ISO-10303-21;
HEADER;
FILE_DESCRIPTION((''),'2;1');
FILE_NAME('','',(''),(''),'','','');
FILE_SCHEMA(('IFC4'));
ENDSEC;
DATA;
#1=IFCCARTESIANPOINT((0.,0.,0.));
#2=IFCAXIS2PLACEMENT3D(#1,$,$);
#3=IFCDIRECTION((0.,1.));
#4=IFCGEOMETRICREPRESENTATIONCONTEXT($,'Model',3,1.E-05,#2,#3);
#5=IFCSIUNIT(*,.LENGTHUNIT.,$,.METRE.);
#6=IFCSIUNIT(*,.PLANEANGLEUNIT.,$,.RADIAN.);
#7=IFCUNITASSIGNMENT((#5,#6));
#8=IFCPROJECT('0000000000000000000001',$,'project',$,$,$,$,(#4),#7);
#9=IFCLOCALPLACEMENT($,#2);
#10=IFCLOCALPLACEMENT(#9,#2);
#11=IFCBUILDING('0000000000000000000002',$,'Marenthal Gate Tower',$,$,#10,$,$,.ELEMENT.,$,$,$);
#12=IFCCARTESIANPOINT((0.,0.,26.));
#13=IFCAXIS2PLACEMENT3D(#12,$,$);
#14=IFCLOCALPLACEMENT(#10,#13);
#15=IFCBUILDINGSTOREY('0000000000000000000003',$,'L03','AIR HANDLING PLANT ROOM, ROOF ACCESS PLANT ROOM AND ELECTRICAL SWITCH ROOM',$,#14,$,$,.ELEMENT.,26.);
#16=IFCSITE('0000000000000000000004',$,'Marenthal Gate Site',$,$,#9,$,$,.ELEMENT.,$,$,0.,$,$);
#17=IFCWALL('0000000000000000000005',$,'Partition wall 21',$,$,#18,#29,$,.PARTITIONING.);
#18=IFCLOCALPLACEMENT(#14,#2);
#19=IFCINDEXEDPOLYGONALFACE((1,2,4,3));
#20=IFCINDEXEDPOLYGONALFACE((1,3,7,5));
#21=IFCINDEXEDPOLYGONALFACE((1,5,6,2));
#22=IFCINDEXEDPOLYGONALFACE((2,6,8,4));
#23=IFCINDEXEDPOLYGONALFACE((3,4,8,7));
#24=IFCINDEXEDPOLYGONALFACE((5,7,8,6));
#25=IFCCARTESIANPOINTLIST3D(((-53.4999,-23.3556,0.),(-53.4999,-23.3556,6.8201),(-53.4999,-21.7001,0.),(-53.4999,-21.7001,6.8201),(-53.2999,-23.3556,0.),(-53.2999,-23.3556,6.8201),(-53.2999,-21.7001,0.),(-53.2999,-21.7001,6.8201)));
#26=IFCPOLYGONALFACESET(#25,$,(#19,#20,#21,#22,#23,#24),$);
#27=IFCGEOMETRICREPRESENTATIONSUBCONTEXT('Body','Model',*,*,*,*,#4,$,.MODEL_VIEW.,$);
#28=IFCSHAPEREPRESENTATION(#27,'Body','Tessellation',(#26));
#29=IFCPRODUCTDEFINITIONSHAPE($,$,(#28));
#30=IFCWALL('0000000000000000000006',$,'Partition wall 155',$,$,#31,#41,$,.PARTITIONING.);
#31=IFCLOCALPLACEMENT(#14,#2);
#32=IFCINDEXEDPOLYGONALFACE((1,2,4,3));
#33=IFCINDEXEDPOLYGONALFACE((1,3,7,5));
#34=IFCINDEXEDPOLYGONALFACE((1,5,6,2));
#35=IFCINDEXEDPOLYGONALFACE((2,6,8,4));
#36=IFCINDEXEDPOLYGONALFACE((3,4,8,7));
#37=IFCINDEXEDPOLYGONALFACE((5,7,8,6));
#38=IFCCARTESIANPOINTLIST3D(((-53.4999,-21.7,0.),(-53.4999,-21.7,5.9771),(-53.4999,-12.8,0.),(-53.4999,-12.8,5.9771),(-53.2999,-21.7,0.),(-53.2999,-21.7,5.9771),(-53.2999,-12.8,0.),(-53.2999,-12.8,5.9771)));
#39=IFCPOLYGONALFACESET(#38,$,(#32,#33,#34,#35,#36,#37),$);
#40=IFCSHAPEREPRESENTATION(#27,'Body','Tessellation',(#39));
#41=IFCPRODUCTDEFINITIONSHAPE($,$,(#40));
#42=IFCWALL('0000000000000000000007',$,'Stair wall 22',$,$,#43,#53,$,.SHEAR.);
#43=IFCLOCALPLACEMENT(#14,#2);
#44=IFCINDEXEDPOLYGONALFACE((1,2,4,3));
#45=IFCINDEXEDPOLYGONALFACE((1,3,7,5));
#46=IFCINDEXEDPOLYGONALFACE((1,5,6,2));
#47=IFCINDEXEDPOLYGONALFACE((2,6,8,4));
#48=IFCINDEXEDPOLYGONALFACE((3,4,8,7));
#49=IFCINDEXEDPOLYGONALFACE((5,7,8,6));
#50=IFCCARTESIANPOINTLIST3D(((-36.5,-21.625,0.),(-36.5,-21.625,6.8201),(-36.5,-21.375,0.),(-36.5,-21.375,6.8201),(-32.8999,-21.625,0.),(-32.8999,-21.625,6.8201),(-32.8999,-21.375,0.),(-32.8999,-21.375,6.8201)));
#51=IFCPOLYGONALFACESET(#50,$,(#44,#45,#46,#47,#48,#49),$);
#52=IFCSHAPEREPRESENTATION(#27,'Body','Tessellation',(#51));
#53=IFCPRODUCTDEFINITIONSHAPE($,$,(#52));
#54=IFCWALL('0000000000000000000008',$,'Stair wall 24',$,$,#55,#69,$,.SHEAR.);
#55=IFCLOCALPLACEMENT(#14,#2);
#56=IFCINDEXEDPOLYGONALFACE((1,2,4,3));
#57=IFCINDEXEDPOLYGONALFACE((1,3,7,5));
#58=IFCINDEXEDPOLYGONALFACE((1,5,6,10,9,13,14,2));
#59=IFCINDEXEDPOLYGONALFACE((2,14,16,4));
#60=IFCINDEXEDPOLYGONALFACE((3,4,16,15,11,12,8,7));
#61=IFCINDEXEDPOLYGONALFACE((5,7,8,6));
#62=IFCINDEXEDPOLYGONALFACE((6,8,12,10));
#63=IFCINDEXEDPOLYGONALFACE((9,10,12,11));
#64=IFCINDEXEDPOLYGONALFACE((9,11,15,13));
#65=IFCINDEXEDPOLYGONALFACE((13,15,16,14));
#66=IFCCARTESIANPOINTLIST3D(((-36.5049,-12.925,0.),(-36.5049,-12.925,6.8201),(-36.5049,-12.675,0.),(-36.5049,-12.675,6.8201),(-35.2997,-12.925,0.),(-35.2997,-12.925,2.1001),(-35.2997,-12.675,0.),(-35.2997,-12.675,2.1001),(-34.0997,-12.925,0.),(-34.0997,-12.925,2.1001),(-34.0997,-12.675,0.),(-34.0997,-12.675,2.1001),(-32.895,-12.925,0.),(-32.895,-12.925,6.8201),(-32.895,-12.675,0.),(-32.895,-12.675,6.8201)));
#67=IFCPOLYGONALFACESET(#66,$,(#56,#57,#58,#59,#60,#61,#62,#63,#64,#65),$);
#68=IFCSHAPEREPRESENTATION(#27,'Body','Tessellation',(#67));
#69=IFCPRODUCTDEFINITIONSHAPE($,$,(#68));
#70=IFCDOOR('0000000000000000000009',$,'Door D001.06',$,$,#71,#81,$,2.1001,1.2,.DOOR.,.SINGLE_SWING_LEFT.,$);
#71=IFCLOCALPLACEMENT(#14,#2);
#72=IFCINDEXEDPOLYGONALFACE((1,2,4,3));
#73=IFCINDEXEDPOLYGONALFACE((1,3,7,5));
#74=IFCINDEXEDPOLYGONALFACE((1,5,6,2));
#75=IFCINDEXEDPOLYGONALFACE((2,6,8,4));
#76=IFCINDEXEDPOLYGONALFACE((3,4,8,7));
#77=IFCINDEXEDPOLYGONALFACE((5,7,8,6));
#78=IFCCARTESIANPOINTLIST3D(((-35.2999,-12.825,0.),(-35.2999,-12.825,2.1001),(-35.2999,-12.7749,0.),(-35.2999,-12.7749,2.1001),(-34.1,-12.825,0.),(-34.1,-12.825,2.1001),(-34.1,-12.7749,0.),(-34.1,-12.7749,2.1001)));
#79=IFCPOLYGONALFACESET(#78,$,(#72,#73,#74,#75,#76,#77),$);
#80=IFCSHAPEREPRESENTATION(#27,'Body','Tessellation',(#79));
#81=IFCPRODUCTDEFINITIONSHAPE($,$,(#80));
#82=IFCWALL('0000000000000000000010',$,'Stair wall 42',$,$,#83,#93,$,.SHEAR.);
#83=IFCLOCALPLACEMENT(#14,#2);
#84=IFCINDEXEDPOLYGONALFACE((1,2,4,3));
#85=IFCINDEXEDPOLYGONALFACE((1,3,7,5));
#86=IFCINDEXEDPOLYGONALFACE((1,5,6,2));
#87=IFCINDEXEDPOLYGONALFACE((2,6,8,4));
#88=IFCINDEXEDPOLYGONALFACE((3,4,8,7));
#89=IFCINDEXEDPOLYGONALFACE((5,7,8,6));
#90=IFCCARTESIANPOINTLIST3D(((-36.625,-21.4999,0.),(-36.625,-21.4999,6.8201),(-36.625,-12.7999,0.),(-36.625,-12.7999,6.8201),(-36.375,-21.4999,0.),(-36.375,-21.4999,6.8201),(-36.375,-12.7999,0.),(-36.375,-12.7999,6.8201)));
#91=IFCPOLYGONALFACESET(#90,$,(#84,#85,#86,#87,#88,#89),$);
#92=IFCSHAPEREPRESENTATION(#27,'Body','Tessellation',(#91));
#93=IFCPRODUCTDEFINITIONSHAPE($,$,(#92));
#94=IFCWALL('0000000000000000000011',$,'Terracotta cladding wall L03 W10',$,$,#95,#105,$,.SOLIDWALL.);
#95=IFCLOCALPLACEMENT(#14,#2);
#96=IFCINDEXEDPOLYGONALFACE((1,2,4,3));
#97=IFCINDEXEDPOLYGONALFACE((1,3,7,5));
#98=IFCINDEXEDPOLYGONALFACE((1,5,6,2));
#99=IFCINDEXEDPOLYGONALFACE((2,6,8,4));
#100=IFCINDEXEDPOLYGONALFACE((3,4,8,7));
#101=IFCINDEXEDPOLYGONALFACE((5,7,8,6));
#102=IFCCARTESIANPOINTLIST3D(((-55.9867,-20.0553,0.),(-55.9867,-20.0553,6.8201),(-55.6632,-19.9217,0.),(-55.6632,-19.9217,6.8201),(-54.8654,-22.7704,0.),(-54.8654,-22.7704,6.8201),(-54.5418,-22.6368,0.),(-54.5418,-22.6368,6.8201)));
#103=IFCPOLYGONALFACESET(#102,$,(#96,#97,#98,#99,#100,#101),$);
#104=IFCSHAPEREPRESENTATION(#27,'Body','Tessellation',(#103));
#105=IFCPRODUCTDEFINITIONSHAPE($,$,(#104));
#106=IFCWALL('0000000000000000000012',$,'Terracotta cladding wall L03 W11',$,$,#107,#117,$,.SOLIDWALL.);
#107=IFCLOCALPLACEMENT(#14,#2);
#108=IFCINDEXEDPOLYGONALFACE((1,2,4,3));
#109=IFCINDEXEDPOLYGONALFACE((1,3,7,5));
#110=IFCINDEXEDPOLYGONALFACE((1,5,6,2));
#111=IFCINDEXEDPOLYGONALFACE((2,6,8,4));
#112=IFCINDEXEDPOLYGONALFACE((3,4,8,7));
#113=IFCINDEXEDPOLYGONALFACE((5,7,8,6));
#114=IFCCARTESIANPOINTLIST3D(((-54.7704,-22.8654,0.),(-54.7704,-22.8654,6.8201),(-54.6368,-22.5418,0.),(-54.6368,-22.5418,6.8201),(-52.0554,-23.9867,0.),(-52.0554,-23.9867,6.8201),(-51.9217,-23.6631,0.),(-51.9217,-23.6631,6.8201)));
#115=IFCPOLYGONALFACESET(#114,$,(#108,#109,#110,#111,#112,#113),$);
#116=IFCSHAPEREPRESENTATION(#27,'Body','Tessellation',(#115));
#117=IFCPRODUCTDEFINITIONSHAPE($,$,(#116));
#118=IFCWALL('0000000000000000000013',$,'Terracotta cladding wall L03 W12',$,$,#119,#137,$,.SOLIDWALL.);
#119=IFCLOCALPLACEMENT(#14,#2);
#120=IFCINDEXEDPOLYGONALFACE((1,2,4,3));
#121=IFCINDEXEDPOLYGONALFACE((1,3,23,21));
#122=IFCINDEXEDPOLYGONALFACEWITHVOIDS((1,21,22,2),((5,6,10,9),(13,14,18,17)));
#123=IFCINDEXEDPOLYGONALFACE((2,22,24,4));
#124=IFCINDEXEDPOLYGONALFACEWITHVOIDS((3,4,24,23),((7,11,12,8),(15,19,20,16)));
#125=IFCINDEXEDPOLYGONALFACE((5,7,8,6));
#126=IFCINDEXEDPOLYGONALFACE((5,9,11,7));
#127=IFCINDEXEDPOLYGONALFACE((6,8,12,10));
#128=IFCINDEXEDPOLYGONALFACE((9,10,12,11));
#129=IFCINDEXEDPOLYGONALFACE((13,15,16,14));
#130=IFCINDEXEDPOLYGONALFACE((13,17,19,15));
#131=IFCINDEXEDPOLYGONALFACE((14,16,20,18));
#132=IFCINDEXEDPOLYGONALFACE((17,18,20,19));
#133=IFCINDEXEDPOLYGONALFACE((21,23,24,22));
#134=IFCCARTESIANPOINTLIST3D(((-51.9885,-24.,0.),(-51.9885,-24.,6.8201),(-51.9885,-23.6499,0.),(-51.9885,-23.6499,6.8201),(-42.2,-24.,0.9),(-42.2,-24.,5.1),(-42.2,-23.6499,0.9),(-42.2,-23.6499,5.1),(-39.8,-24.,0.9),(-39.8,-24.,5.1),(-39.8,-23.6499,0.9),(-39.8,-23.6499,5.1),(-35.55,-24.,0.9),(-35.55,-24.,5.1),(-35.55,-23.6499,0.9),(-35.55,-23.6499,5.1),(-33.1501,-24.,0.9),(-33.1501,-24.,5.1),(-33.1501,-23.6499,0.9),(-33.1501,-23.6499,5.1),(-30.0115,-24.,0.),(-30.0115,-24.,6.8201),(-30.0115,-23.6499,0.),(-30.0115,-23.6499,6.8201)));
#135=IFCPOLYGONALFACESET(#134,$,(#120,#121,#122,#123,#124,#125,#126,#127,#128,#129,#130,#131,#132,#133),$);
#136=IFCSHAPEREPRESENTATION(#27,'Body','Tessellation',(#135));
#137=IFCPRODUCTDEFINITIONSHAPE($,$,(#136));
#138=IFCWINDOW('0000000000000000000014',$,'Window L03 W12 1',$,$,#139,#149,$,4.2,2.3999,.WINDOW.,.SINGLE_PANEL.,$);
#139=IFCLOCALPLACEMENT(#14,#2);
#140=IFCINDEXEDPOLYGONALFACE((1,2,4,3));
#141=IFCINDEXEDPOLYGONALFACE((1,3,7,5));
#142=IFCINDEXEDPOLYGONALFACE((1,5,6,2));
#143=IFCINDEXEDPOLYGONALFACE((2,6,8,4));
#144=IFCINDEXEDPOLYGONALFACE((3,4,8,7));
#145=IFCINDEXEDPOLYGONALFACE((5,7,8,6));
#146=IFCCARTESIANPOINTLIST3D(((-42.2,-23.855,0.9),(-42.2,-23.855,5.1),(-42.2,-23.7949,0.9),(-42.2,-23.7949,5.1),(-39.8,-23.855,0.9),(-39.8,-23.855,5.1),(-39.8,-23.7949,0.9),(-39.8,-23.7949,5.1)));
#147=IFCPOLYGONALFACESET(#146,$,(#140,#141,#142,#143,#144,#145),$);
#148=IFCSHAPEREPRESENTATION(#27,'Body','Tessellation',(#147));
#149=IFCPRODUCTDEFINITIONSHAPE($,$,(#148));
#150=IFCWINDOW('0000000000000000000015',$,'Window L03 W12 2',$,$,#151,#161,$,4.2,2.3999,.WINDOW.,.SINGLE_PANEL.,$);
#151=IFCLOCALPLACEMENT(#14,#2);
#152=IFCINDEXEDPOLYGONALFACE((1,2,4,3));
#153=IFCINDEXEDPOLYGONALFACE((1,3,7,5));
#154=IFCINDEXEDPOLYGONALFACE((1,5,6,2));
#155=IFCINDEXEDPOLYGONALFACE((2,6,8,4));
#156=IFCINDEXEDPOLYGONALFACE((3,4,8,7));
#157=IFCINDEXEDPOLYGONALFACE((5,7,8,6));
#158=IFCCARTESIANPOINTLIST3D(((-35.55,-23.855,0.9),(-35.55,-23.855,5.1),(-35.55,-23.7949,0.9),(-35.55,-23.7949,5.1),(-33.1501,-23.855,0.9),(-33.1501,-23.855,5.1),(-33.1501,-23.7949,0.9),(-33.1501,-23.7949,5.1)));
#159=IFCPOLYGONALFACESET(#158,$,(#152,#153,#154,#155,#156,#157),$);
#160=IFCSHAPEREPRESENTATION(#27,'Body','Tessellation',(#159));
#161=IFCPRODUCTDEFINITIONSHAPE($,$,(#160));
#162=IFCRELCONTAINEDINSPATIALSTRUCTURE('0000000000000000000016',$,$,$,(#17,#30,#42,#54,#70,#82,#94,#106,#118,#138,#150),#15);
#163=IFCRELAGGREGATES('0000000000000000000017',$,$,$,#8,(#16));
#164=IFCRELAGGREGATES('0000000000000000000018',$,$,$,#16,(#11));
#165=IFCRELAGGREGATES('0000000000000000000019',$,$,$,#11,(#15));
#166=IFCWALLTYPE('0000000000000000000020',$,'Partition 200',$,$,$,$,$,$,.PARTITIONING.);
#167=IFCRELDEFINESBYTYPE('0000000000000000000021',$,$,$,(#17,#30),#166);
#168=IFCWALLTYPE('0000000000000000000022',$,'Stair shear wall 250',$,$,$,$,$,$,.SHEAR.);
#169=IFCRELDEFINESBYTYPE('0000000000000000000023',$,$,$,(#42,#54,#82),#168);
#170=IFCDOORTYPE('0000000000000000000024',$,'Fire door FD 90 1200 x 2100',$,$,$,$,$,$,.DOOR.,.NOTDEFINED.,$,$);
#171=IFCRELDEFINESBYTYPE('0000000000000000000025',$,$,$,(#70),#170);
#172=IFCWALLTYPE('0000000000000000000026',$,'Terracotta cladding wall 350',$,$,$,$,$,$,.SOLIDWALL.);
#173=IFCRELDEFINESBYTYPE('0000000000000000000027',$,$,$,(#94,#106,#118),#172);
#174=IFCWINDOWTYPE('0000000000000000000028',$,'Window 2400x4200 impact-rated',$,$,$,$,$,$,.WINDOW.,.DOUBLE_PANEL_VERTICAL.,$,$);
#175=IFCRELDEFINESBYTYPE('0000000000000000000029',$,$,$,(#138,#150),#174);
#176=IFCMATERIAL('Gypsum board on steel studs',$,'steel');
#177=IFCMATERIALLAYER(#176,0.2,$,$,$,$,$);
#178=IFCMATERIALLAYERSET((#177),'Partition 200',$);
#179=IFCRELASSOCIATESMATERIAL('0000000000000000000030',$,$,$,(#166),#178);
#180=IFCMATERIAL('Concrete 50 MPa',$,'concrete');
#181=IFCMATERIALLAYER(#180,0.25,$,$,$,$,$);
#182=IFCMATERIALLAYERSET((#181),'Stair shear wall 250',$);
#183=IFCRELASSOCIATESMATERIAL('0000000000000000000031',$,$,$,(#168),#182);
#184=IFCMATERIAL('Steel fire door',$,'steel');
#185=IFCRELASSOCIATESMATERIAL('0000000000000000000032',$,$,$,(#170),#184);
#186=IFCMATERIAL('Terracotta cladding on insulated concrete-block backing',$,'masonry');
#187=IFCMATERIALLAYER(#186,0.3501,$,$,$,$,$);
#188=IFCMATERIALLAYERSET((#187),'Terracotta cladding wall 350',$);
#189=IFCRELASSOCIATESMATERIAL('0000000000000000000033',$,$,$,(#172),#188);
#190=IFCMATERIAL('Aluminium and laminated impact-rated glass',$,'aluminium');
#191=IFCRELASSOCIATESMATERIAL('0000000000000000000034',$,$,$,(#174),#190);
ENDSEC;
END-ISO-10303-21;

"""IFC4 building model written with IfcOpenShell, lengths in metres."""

from ifc_helpers import new_model, si_unit, direction, frame, frame_2d, origin, place, context, subcontext, project, spatial, rectangle, extrude, material, layer, layer_set, type_object, element, fill, save


model = new_model("IFC4")

# Units and contexts
model_context = context("Model", 3, precision=1e-05, world=origin(), true_north=direction((0.0, 1.0)))
body_context = subcontext(model_context, "Body", "Model", "MODEL_VIEW")
ifc_project = project(units=[si_unit("LENGTHUNIT", "METRE"), si_unit("PLANEANGLEUNIT", "RADIAN")], contexts=[model_context])

# Site, building, storey
site_placement = place(None, origin())
site = spatial("IfcSite", under=ifc_project, at=site_placement, Name="Marenthal Gate Site", CompositionType="ELEMENT", RefElevation=0.0)
building_placement = place(site_placement, origin())
building = spatial("IfcBuilding", under=site, at=building_placement, Name="Marenthal Gate Tower", CompositionType="ELEMENT")
storey_placement = place(building_placement, frame((0.0, 0.0, 26.0)))
storey = spatial("IfcBuildingStorey", under=building, at=storey_placement, Name="L03", Description="AIR HANDLING PLANT ROOM, ROOF ACCESS PLANT ROOM AND ELECTRICAL SWITCH ROOM", CompositionType="ELEMENT", Elevation=26.0)

# Walls
ifc_material_1 = material(Name="Gypsum board on steel studs", Category="steel")
ifc_layer_1 = layer(ifc_material_1, 0.2)
ifc_layer_set_1 = layer_set([ifc_layer_1], Name="Partition 200")
wall_type_1 = type_object("IfcWallType", Name="Partition 200", PredefinedType="PARTITIONING", material=ifc_layer_set_1)
wall_1_placement = place(storey_placement, frame((-53.3999, -23.3555, 0.0), z_axis=(0.0, 0.0, 1.0), x_axis=(0.0, 1.0, 0.0)))
element("IfcWall", 1, at=wall_1_placement, inside=storey, type_object=wall_type_1, Name="Partition wall 21", PredefinedType="PARTITIONING", context=body_context, shape_type="SweptSolid", body=[
    extrude(rectangle(XDim=1.6555, YDim=0.2, at=frame_2d((0.8276, 0.0))), origin(), (0.0, 0.0, 1.0), 6.8201),
])
wall_2_placement = place(storey_placement, frame((-53.3999, -21.7, 0.0), z_axis=(0.0, 0.0, 1.0), x_axis=(0.0, 1.0, 0.0)))
element("IfcWall", 2, at=wall_2_placement, inside=storey, type_object=wall_type_1, Name="Partition wall 155", PredefinedType="PARTITIONING", context=body_context, shape_type="SweptSolid", body=[
    extrude(rectangle(XDim=8.8999, YDim=0.2, at=frame_2d((4.45, 0.0))), origin(), (0.0, 0.0, 1.0), 5.9771),
])
ifc_material_2 = material(Name="Concrete 50 MPa", Category="concrete")
ifc_layer_2 = layer(ifc_material_2, 0.25)
ifc_layer_set_2 = layer_set([ifc_layer_2], Name="Stair shear wall 250")
wall_type_2 = type_object("IfcWallType", Name="Stair shear wall 250", PredefinedType="SHEAR", material=ifc_layer_set_2)
wall_3_placement = place(storey_placement, frame((-36.5, -21.5, 0.0), z_axis=(0.0, 0.0, 1.0), x_axis=(1.0, 0.0, 0.0)))
element("IfcWall", 3, at=wall_3_placement, inside=storey, type_object=wall_type_2, Name="Stair wall 22", PredefinedType="SHEAR", context=body_context, shape_type="SweptSolid", body=[
    extrude(rectangle(XDim=3.6001, YDim=0.25, at=frame_2d((1.8, 0.0))), origin(), (0.0, 0.0, 1.0), 6.8201),
])

# Wall, opening, door
wall_4_placement = place(storey_placement, frame((-36.5049, -12.8, 0.0), z_axis=(0.0, 0.0, 1.0), x_axis=(1.0, 0.0, 0.0)))
wall_4 = element("IfcWall", 4, at=wall_4_placement, inside=storey, type_object=wall_type_2, Name="Stair wall 24", PredefinedType="SHEAR", context=body_context, shape_type="SweptSolid", body=[
    extrude(rectangle(XDim=3.6099, YDim=0.25, at=frame_2d((1.8049, 0.0))), origin(), (0.0, 0.0, 1.0), 6.8201),
])
opening_1_placement = place(wall_4_placement, frame((1.2051, 0.0, 0.0)))
opening_1 = element("IfcOpeningElement", 5, at=opening_1_placement, cuts=wall_4, PredefinedType="OPENING", context=body_context, shape_type="SweptSolid", body=[
    extrude(rectangle(XDim=1.2, YDim=2.1001, at=frame_2d((0.6001, 1.05))), frame((0.0, 0.135, 0.0), z_axis=(0.0, -1.0, 0.0), x_axis=(1.0, 0.0, 0.0)), (0.0, 0.0, 1.0), 0.27),
])
ifc_material_3 = material(Name="Steel fire door", Category="steel")
door_type_1 = type_object("IfcDoorType", Name="Fire door FD 90 1200 x 2100", OperationType="NOTDEFINED", PredefinedType="DOOR", material=ifc_material_3)
door_1_placement = place(opening_1_placement, frame((1.2, 0.0, 0.0), z_axis=(0.0, 0.0, 1.0), x_axis=(-1.0, 0.0, 0.0)))
door_1 = element("IfcDoor", 6, at=door_1_placement, inside=storey, type_object=door_type_1, Name="Door D001.06", OperationType="SINGLE_SWING_LEFT", OverallHeight=2.1001, OverallWidth=1.2, PredefinedType="DOOR", context=body_context, shape_type="SweptSolid", body=[
    extrude(rectangle(XDim=1.2, YDim=2.1001, at=frame_2d((0.6001, 1.05))), frame((0.0, 0.0249, 0.0), z_axis=(0.0, -1.0, 0.0), x_axis=(1.0, 0.0, 0.0)), (0.0, 0.0, 1.0), 0.05),
])
fill(opening_1, door_1)

# Walls
wall_5_placement = place(storey_placement, frame((-36.5, -21.5, 0.0), z_axis=(0.0, 0.0, 1.0), x_axis=(0.0, 1.0, 0.0)))
element("IfcWall", 7, at=wall_5_placement, inside=storey, type_object=wall_type_2, Name="Stair wall 42", PredefinedType="SHEAR", context=body_context, shape_type="SweptSolid", body=[
    extrude(rectangle(XDim=8.7, YDim=0.25, at=frame_2d((4.3501, 0.0))), origin(), (0.0, 0.0, 1.0), 6.8201),
])
ifc_material_4 = material(Name="Terracotta cladding on insulated concrete-block backing", Category="masonry")
ifc_layer_3 = layer(ifc_material_4, 0.3501)
ifc_layer_set_3 = layer_set([ifc_layer_3], Name="Terracotta cladding wall 350")
wall_type_3 = type_object("IfcWallType", Name="Terracotta cladding wall 350", PredefinedType="SOLIDWALL", material=ifc_layer_set_3)
for number, where, z_axis, x_axis, name in (
    (8, (-55.825, -19.9885, 0.0), (0.0, 0.0, 1.0), (0.381728, -0.924275, 0.0), "Terracotta cladding wall L03 W10"),
    (9, (-54.7036, -22.7036, 0.0), (0.0, 0.0, 1.0), (0.924275, -0.381728, 0.0), "Terracotta cladding wall L03 W11"),
):
    element("IfcWall", number, at=place(storey_placement, frame(where, z_axis=z_axis, x_axis=x_axis)), inside=storey, type_object=wall_type_3, Name=name, PredefinedType="SOLIDWALL", context=body_context, shape_type="SweptSolid", body=[
        extrude(rectangle(XDim=2.9375, YDim=0.3501, at=frame_2d((1.4688, 0.0))), origin(), (0.0, 0.0, 1.0), 6.8201),
    ])

# Wall, openings, windows
wall_6_placement = place(storey_placement, frame((-51.9885, -23.825, 0.0), z_axis=(0.0, 0.0, 1.0), x_axis=(1.0, 0.0, 0.0)))
wall_6 = element("IfcWall", 10, at=wall_6_placement, inside=storey, type_object=wall_type_3, Name="Terracotta cladding wall L03 W12", PredefinedType="SOLIDWALL", context=body_context, shape_type="SweptSolid", body=[
    extrude(rectangle(XDim=21.9771, YDim=0.3501, at=frame_2d((10.9885, 0.0))), origin(), (0.0, 0.0, 1.0), 6.8201),
])
opening_2_placement = place(wall_6_placement, frame((9.7886, 0.0, 0.8999)))
opening_2 = element("IfcOpeningElement", 11, at=opening_2_placement, cuts=wall_6, PredefinedType="OPENING", context=body_context, shape_type="SweptSolid", body=[
    extrude(rectangle(XDim=2.3999, YDim=4.2, at=frame_2d((1.2, 2.1001))), frame((0.0, 0.1851, 0.0), z_axis=(0.0, -1.0, 0.0), x_axis=(1.0, 0.0, 0.0)), (0.0, 0.0, 1.0), 0.3701),
])
opening_3_placement = place(wall_6_placement, frame((16.4385, 0.0, 0.8999)))
opening_3 = element("IfcOpeningElement", 12, at=opening_3_placement, cuts=wall_6, PredefinedType="OPENING", context=body_context, shape_type="SweptSolid", body=[
    extrude(rectangle(XDim=2.3999, YDim=4.2, at=frame_2d((1.2, 2.1001))), frame((0.0, 0.1851, 0.0), z_axis=(0.0, -1.0, 0.0), x_axis=(1.0, 0.0, 0.0)), (0.0, 0.0, 1.0), 0.3701),
])
ifc_material_5 = material(Name="Aluminium and laminated impact-rated glass", Category="aluminium")
window_type = type_object("IfcWindowType", Name="Window 2400x4200 impact-rated", PartitioningType="DOUBLE_PANEL_VERTICAL", PredefinedType="WINDOW", material=ifc_material_5)
window_1_placement = place(opening_2_placement, origin())
window_1 = element("IfcWindow", 13, at=window_1_placement, inside=storey, type_object=window_type, Name="Window L03 W12 1", OverallHeight=4.2, OverallWidth=2.3999, PartitioningType="SINGLE_PANEL", PredefinedType="WINDOW", context=body_context, shape_type="SweptSolid", body=[
    extrude(rectangle(XDim=2.3999, YDim=4.2, at=frame_2d((1.2, 2.1001))), frame((0.0, 0.03, 0.0), z_axis=(0.0, -1.0, 0.0), x_axis=(1.0, 0.0, 0.0)), (0.0, 0.0, 1.0), 0.0601),
])
fill(opening_2, window_1)
window_2_placement = place(opening_3_placement, origin())
window_2 = element("IfcWindow", 14, at=window_2_placement, inside=storey, type_object=window_type, Name="Window L03 W12 2", OverallHeight=4.2, OverallWidth=2.3999, PartitioningType="SINGLE_PANEL", PredefinedType="WINDOW", context=body_context, shape_type="SweptSolid", body=[
    extrude(rectangle(XDim=2.3999, YDim=4.2, at=frame_2d((1.2, 2.1001))), frame((0.0, 0.03, 0.0), z_axis=(0.0, -1.0, 0.0), x_axis=(1.0, 0.0, 0.0)), (0.0, 0.0, 1.0), 0.0601),
])
fill(opening_3, window_2)

save(model, "model.ifc")
